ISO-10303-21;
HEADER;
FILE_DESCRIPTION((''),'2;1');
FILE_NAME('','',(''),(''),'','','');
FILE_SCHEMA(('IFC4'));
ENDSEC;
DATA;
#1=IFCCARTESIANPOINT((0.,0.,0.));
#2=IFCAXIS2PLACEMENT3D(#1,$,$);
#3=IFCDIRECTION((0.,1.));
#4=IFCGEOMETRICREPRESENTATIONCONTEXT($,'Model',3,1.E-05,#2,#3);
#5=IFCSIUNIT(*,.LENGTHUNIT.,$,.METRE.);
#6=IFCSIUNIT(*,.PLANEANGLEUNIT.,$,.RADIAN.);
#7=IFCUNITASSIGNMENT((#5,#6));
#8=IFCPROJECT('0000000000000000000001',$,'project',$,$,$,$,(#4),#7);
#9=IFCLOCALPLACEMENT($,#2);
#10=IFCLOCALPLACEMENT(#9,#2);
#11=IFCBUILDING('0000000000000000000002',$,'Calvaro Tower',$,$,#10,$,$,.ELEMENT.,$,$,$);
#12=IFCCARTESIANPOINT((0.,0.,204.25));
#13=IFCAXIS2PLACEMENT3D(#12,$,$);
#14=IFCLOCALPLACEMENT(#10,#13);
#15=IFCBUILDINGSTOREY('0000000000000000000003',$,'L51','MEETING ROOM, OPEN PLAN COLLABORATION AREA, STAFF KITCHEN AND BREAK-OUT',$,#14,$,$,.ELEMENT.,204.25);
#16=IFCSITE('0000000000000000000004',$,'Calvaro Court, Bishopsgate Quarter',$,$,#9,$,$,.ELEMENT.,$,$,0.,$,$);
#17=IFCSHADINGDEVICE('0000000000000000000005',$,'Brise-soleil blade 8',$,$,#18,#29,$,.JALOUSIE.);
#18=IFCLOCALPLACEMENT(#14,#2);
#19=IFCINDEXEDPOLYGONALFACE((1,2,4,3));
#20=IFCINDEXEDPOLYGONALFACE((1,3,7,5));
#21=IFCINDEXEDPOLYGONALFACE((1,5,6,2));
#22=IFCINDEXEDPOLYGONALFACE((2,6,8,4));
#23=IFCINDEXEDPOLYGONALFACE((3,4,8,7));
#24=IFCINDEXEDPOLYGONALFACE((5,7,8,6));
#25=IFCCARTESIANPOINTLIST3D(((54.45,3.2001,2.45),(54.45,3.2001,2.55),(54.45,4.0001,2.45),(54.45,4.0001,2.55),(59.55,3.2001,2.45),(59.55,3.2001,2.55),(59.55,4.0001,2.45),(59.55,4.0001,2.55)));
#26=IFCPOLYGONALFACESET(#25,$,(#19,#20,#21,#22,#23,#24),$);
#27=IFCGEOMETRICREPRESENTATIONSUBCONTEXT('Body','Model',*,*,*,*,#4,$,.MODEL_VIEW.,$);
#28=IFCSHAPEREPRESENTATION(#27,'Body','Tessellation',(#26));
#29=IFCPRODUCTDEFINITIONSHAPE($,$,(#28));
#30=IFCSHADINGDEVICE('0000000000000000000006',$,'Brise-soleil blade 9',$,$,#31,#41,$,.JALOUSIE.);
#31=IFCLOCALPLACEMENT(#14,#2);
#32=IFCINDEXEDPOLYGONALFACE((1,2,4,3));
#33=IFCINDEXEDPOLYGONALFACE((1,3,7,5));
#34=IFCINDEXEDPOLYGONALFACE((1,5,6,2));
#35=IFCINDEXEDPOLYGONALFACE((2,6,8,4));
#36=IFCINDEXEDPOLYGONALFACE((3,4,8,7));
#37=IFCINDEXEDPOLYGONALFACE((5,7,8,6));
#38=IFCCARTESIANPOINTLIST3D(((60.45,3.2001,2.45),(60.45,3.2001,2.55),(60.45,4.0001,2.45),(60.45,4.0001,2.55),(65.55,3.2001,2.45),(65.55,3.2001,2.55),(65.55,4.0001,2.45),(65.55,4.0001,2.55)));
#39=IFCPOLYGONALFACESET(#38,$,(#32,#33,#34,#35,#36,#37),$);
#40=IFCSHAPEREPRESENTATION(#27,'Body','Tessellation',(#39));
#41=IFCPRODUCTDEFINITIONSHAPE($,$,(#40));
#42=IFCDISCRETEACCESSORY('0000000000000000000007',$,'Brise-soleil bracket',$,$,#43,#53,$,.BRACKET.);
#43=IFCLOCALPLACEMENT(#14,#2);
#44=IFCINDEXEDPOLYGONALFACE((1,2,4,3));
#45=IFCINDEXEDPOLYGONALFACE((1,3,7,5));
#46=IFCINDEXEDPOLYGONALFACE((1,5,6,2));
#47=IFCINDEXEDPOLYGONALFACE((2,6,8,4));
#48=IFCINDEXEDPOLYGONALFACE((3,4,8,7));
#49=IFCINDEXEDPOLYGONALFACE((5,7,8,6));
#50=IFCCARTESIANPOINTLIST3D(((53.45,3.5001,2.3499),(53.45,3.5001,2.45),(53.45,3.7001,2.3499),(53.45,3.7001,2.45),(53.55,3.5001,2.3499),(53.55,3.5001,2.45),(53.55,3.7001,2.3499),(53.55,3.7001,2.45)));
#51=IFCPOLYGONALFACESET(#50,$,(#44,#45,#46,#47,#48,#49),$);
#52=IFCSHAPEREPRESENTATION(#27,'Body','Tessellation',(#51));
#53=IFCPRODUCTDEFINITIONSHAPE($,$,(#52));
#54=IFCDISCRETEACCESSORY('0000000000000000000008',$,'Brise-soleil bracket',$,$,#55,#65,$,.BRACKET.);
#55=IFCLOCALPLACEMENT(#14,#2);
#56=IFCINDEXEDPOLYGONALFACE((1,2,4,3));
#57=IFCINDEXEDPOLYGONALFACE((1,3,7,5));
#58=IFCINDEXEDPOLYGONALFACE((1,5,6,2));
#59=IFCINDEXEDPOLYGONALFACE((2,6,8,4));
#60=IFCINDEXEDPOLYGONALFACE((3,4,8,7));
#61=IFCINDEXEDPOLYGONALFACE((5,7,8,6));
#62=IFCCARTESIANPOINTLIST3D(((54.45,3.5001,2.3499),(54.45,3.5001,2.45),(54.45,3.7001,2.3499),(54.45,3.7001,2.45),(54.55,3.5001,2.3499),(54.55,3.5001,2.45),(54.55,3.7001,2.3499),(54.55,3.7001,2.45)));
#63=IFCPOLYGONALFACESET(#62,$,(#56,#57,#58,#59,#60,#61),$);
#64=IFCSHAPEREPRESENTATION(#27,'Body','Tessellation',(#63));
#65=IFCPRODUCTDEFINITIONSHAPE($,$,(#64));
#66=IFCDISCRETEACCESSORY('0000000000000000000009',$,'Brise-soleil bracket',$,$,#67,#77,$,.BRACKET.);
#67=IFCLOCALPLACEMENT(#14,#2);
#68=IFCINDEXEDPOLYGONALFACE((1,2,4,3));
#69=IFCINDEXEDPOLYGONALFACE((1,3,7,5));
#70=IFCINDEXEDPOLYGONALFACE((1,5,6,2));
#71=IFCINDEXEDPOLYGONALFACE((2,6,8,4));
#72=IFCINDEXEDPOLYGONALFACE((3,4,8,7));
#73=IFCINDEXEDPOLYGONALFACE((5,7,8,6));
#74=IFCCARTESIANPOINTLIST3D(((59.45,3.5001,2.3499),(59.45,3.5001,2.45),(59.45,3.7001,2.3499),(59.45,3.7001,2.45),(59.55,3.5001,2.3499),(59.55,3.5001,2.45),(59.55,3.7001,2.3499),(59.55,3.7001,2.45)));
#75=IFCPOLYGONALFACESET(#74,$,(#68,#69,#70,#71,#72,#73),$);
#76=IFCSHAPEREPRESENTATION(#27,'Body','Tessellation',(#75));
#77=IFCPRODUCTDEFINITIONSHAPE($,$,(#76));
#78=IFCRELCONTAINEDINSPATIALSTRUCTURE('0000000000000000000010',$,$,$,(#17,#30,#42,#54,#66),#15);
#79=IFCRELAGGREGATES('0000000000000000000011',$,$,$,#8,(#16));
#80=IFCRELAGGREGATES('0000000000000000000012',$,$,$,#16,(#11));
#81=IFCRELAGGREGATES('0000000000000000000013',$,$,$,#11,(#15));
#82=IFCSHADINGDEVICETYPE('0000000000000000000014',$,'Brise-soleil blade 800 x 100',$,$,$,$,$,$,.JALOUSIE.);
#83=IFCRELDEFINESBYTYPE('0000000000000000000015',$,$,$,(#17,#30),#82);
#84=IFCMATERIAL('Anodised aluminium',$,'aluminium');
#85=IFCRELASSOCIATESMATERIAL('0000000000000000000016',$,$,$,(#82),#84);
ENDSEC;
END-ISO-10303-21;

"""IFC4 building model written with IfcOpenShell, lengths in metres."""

from ifc_helpers import new_model, si_unit, direction, frame, origin, origin_2d, place, context, subcontext, project, spatial, rectangle, extrude, material, material_profile, profile_set, type_object, element, save


model = new_model("IFC4")

# Units and contexts
model_context = context("Model", 3, precision=1e-05, world=origin(), true_north=direction((0.0, 1.0)))
body_context = subcontext(model_context, "Body", "Model", "MODEL_VIEW")
ifc_project = project(units=[si_unit("LENGTHUNIT", "METRE"), si_unit("PLANEANGLEUNIT", "RADIAN")], contexts=[model_context])

# Site, building, storey
site_placement = place(None, origin())
site = spatial("IfcSite", under=ifc_project, at=site_placement, Name="Calvaro Court, Bishopsgate Quarter", CompositionType="ELEMENT", RefElevation=0.0)
building_placement = place(site_placement, origin())
building = spatial("IfcBuilding", under=site, at=building_placement, Name="Calvaro Tower", CompositionType="ELEMENT")
storey_placement = place(building_placement, frame((0.0, 0.0, 204.25)))
storey = spatial("IfcBuildingStorey", under=building, at=storey_placement, Name="L51", Description="MEETING ROOM, OPEN PLAN COLLABORATION AREA, STAFF KITCHEN AND BREAK-OUT", CompositionType="ELEMENT", Elevation=204.25)

# Shading devices
ifc_material_1 = material(Name="Anodised aluminium", Category="aluminium")
ifc_material_profile_1 = material_profile(ifc_material_1, rectangle(XDim=0.8, YDim=0.1001, at=origin_2d()), Name="Brise-soleil blade 800 x 100")
ifc_profile_set_1 = profile_set([ifc_material_profile_1], Name="Anodised aluminium")
shading_device_type = type_object("IfcShadingDeviceType", Name="Brise-soleil blade 800 x 100", PredefinedType="JALOUSIE", material=ifc_profile_set_1)
for number, where, z_axis, x_axis, name in (
    (1, (54.45, 3.6001, 2.5), (1.0, 0.0, 0.0), (0.0, 1.0, 0.0), "Brise-soleil blade 8"),
    (2, (60.45, 3.6001, 2.5), (1.0, 0.0, 0.0), (0.0, 1.0, 0.0), "Brise-soleil blade 9"),
):
    element("IfcShadingDevice", number, at=place(storey_placement, frame(where, z_axis=z_axis, x_axis=x_axis)), inside=storey, type_object=shading_device_type, Name=name, PredefinedType="JALOUSIE", context=body_context, shape_type="SweptSolid", body=[
        extrude(rectangle(XDim=0.8, YDim=0.1001, at=origin_2d()), origin(), (0.0, 0.0, 1.0), 5.1001),
    ])

# Discrete accessories
for number, where, z_axis, x_axis, name in (
    (3, (53.5, 3.6001, 2.3499), (0.0, 0.0, 1.0), (1.0, 0.0, 0.0), "Brise-soleil bracket"),
    (4, (54.5, 3.6001, 2.3499), (0.0, 0.0, 1.0), (1.0, 0.0, 0.0), "Brise-soleil bracket"),
    (5, (59.5, 3.6001, 2.3499), (0.0, 0.0, 1.0), (1.0, 0.0, 0.0), "Brise-soleil bracket"),
):
    element("IfcDiscreteAccessory", number, at=place(storey_placement, frame(where, z_axis=z_axis, x_axis=x_axis)), inside=storey, Name=name, PredefinedType="BRACKET", context=body_context, shape_type="SweptSolid", body=[
        extrude(rectangle(XDim=0.1001, YDim=0.2, at=origin_2d()), origin(), (0.0, 0.0, 1.0), 0.1001),
    ])

save(model, "model.ifc")
